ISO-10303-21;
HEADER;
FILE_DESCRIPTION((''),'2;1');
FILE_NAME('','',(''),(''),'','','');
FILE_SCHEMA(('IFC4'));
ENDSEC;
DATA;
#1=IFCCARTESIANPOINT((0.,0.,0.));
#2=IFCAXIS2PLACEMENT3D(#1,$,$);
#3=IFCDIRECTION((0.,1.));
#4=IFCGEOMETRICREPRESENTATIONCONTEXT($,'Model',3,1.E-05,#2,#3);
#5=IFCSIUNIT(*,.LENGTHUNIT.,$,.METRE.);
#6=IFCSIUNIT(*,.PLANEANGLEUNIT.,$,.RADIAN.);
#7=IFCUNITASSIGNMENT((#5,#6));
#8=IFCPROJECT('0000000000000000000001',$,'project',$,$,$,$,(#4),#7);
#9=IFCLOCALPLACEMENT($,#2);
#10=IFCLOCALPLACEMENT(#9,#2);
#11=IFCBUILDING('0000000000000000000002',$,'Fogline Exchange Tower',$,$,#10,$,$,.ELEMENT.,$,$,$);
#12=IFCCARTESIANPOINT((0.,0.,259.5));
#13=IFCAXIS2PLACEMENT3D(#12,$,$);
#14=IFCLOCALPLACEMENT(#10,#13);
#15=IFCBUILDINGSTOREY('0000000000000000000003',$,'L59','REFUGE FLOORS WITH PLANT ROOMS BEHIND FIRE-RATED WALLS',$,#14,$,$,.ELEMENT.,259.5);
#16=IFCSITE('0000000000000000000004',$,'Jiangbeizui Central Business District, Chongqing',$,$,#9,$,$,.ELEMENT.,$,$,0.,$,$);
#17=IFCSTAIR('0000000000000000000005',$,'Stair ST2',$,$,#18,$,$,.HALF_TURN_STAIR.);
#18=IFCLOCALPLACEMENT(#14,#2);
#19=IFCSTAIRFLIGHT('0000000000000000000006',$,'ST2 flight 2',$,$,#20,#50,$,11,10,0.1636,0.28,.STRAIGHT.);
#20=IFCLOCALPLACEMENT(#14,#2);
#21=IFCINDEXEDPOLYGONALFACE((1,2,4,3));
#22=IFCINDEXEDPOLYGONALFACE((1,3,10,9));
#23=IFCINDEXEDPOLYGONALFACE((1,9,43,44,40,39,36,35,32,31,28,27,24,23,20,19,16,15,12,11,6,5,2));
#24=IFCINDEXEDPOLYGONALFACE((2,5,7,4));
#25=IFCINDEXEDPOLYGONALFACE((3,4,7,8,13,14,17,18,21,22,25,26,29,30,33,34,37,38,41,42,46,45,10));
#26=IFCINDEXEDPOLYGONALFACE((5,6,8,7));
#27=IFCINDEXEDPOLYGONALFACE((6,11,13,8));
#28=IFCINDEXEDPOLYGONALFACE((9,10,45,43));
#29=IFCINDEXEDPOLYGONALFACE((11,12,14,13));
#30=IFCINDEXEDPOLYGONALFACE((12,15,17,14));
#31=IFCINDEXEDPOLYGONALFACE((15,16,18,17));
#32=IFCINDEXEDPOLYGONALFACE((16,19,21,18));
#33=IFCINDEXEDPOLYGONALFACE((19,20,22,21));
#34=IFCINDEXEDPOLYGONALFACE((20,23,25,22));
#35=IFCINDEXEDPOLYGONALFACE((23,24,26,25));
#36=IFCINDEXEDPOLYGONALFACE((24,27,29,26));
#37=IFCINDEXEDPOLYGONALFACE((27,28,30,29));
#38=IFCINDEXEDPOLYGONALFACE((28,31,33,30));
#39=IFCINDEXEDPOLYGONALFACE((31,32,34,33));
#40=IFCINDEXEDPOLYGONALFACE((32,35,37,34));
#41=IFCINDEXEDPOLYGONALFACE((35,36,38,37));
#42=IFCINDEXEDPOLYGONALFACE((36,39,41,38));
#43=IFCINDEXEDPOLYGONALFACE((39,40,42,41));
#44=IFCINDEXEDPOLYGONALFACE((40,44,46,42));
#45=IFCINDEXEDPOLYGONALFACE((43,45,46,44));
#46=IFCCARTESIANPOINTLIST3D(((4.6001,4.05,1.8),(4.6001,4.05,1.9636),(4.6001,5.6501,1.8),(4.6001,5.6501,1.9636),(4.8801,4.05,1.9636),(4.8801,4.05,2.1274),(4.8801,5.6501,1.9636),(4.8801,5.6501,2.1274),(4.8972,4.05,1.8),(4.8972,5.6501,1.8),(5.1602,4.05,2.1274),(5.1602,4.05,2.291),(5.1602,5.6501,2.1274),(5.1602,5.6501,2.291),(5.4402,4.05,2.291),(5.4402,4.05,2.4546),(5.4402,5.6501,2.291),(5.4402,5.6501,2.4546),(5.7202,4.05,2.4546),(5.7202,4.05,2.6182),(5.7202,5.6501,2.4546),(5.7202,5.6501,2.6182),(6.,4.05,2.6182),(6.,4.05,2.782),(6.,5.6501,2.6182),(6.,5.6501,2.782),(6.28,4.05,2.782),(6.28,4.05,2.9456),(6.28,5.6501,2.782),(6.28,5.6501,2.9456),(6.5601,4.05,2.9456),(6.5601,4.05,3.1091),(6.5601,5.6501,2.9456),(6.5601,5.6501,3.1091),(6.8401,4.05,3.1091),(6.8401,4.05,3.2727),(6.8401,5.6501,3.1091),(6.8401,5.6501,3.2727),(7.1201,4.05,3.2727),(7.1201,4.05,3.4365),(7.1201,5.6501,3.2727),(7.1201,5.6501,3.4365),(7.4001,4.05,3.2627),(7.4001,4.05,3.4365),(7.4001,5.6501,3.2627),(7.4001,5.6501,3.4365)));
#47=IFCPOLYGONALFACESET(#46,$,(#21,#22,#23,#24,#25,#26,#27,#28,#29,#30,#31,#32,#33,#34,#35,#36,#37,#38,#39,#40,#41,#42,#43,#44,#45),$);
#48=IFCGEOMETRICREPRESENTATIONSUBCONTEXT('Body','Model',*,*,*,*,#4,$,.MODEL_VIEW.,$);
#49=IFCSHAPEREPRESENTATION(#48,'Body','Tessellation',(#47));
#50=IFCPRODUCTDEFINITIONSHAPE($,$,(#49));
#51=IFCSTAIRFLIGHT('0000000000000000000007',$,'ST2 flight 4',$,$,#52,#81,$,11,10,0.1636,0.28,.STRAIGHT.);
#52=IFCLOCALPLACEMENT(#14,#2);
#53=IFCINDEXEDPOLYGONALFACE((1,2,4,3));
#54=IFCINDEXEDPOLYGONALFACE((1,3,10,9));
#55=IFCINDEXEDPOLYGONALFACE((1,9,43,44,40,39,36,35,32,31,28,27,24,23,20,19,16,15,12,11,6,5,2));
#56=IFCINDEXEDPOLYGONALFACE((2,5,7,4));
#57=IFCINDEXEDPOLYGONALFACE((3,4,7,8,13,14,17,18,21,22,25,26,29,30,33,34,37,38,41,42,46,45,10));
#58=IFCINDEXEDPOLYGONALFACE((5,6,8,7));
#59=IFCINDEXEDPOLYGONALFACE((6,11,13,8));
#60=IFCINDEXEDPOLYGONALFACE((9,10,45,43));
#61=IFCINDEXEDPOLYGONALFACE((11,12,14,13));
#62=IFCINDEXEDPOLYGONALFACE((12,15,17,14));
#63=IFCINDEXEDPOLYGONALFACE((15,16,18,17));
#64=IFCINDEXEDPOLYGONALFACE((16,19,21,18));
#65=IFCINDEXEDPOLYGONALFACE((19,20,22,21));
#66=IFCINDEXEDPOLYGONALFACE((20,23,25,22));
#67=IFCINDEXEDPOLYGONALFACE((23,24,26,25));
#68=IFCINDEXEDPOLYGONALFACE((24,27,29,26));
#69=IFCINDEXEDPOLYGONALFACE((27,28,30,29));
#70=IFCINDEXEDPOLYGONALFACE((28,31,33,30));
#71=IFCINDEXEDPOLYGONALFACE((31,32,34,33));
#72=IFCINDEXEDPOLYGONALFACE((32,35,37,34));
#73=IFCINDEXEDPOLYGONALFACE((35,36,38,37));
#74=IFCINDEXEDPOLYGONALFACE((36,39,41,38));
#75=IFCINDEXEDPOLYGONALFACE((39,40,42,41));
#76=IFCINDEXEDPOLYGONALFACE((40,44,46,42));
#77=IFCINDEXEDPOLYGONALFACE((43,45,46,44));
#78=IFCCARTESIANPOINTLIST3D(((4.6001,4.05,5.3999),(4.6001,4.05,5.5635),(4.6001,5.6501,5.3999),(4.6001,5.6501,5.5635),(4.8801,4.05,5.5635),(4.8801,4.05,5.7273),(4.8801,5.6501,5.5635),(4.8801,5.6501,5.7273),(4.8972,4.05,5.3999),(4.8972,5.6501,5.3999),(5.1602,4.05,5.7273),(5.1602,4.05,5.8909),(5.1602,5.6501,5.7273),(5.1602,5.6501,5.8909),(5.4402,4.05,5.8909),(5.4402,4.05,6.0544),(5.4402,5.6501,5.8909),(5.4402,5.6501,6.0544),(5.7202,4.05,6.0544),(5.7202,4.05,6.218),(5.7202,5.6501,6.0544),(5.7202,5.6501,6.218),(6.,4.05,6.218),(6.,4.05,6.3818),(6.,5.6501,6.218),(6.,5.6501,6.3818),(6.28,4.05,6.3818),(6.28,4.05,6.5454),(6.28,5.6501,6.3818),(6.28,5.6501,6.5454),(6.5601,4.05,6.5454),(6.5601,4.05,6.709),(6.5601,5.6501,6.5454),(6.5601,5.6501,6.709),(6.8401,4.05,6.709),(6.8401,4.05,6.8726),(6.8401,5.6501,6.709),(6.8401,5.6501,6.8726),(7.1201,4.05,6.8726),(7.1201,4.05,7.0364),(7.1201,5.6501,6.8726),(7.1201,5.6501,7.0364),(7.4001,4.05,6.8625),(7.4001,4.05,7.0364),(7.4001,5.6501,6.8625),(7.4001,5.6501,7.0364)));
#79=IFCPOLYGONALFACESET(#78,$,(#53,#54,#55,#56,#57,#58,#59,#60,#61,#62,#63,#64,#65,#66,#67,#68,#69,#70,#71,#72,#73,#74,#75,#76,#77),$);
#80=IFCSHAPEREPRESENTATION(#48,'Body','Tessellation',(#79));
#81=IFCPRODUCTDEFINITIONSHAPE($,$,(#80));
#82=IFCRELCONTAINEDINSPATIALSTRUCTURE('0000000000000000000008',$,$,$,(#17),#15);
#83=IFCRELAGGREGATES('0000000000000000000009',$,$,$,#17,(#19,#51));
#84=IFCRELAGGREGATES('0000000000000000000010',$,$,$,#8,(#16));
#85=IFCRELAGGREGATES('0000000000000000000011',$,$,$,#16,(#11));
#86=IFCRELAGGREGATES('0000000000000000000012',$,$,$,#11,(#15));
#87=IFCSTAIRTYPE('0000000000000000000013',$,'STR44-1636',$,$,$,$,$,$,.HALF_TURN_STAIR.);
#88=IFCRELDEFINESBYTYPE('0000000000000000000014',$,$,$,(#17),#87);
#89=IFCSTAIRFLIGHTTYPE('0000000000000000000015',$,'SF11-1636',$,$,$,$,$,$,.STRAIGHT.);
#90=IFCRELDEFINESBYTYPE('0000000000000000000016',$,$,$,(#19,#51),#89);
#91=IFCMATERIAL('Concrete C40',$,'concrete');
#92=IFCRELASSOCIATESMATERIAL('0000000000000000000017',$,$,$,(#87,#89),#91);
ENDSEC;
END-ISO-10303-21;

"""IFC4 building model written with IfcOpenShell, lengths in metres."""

from ifc_helpers import new_model, si_unit, direction, frame, origin, place, context, subcontext, project, spatial, polyline, outline, extrude, material, type_object, element, aggregate, save


model = new_model("IFC4")

# Units and contexts
model_context = context("Model", 3, precision=1e-05, world=origin(), true_north=direction((0.0, 1.0)))
body_context = subcontext(model_context, "Body", "Model", "MODEL_VIEW")
ifc_project = project(units=[si_unit("LENGTHUNIT", "METRE"), si_unit("PLANEANGLEUNIT", "RADIAN")], contexts=[model_context])

# Site, building, storey
site_placement = place(None, origin())
site = spatial("IfcSite", under=ifc_project, at=site_placement, Name="Jiangbeizui Central Business District, Chongqing", CompositionType="ELEMENT", RefElevation=0.0)
building_placement = place(site_placement, origin())
building = spatial("IfcBuilding", under=site, at=building_placement, Name="Fogline Exchange Tower", CompositionType="ELEMENT")
storey_placement = place(building_placement, frame((0.0, 0.0, 259.5)))
storey = spatial("IfcBuildingStorey", under=building, at=storey_placement, Name="L59", Description="REFUGE FLOORS WITH PLANT ROOMS BEHIND FIRE-RATED WALLS", CompositionType="ELEMENT", Elevation=259.5)

# Shared definitions
ifc_material_1 = material(Name="Concrete C40", Category="concrete")

# Stair, stair flights
stair_type = type_object("IfcStairType", Name="STR44-1636", PredefinedType="HALF_TURN_STAIR", material=ifc_material_1)
stair_placement = place(storey_placement, origin())
stair = element("IfcStair", 1, at=stair_placement, inside=storey, type_object=stair_type, Name="Stair ST2", PredefinedType="HALF_TURN_STAIR")
stair_flight_type = type_object("IfcStairFlightType", Name="SF11-1636", PredefinedType="STRAIGHT", material=ifc_material_1)
stair_flight_1_placement = place(storey_placement, frame((4.6001, 4.8501, 1.8), z_axis=(0.0, 0.0, 1.0), x_axis=(1.0, 0.0, 0.0)))
stair_flight_1 = element("IfcStairFlight", 2, at=stair_flight_1_placement, type_object=stair_flight_type, Name="ST2 flight 2", NumberOfRisers=11, NumberOfTreads=10, PredefinedType="STRAIGHT", RiserHeight=0.1636, TreadLength=0.28, context=body_context, shape_type="SweptSolid", body=[
    extrude(outline(polyline([(0.0, 0.0), (0.0, 0.1636), (0.28, 0.1636), (0.28, 0.3274), (0.5601, 0.3274), (0.5601, 0.491), (0.8401, 0.491), (0.8401, 0.6545), (1.1201, 0.6545), (1.1201, 0.8181), (1.3999, 0.8181), (1.3999, 0.9819), (1.6799, 0.9819), (1.6799, 1.1455), (1.96, 1.1455), (1.96, 1.3091), (2.24, 1.3091), (2.24, 1.4727), (2.52, 1.4727), (2.52, 1.6365), (2.8, 1.6365), (2.8, 1.8), (2.8, 1.4626), (0.2971, 0.0), (0.0, 0.0)])), frame((0.0, 0.8, 0.0), z_axis=(0.0, -1.0, 0.0), x_axis=(1.0, 0.0, 0.0)), (0.0, 0.0, 1.0), 1.6001),
])
stair_flight_2_placement = place(storey_placement, frame((4.6001, 4.8501, 5.3999), z_axis=(0.0, 0.0, 1.0), x_axis=(1.0, 0.0, 0.0)))
stair_flight_2 = element("IfcStairFlight", 3, at=stair_flight_2_placement, type_object=stair_flight_type, Name="ST2 flight 4", NumberOfRisers=11, NumberOfTreads=10, PredefinedType="STRAIGHT", RiserHeight=0.1636, TreadLength=0.28, context=body_context, shape_type="SweptSolid", body=[
    extrude(outline(polyline([(0.0, 0.0), (0.0, 0.1636), (0.28, 0.1636), (0.28, 0.3274), (0.5601, 0.3274), (0.5601, 0.491), (0.8401, 0.491), (0.8401, 0.6545), (1.1201, 0.6545), (1.1201, 0.8181), (1.3999, 0.8181), (1.3999, 0.9819), (1.6799, 0.9819), (1.6799, 1.1455), (1.96, 1.1455), (1.96, 1.3091), (2.24, 1.3091), (2.24, 1.4727), (2.52, 1.4727), (2.52, 1.6365), (2.8, 1.6365), (2.8, 1.8), (2.8, 1.4626), (0.2971, 0.0), (0.0, 0.0)])), frame((0.0, 0.8, 0.0), z_axis=(0.0, -1.0, 0.0), x_axis=(1.0, 0.0, 0.0)), (0.0, 0.0, 1.0), 1.6001),
])
aggregate(stair, [stair_flight_1, stair_flight_2])

save(model, "model.ifc")
